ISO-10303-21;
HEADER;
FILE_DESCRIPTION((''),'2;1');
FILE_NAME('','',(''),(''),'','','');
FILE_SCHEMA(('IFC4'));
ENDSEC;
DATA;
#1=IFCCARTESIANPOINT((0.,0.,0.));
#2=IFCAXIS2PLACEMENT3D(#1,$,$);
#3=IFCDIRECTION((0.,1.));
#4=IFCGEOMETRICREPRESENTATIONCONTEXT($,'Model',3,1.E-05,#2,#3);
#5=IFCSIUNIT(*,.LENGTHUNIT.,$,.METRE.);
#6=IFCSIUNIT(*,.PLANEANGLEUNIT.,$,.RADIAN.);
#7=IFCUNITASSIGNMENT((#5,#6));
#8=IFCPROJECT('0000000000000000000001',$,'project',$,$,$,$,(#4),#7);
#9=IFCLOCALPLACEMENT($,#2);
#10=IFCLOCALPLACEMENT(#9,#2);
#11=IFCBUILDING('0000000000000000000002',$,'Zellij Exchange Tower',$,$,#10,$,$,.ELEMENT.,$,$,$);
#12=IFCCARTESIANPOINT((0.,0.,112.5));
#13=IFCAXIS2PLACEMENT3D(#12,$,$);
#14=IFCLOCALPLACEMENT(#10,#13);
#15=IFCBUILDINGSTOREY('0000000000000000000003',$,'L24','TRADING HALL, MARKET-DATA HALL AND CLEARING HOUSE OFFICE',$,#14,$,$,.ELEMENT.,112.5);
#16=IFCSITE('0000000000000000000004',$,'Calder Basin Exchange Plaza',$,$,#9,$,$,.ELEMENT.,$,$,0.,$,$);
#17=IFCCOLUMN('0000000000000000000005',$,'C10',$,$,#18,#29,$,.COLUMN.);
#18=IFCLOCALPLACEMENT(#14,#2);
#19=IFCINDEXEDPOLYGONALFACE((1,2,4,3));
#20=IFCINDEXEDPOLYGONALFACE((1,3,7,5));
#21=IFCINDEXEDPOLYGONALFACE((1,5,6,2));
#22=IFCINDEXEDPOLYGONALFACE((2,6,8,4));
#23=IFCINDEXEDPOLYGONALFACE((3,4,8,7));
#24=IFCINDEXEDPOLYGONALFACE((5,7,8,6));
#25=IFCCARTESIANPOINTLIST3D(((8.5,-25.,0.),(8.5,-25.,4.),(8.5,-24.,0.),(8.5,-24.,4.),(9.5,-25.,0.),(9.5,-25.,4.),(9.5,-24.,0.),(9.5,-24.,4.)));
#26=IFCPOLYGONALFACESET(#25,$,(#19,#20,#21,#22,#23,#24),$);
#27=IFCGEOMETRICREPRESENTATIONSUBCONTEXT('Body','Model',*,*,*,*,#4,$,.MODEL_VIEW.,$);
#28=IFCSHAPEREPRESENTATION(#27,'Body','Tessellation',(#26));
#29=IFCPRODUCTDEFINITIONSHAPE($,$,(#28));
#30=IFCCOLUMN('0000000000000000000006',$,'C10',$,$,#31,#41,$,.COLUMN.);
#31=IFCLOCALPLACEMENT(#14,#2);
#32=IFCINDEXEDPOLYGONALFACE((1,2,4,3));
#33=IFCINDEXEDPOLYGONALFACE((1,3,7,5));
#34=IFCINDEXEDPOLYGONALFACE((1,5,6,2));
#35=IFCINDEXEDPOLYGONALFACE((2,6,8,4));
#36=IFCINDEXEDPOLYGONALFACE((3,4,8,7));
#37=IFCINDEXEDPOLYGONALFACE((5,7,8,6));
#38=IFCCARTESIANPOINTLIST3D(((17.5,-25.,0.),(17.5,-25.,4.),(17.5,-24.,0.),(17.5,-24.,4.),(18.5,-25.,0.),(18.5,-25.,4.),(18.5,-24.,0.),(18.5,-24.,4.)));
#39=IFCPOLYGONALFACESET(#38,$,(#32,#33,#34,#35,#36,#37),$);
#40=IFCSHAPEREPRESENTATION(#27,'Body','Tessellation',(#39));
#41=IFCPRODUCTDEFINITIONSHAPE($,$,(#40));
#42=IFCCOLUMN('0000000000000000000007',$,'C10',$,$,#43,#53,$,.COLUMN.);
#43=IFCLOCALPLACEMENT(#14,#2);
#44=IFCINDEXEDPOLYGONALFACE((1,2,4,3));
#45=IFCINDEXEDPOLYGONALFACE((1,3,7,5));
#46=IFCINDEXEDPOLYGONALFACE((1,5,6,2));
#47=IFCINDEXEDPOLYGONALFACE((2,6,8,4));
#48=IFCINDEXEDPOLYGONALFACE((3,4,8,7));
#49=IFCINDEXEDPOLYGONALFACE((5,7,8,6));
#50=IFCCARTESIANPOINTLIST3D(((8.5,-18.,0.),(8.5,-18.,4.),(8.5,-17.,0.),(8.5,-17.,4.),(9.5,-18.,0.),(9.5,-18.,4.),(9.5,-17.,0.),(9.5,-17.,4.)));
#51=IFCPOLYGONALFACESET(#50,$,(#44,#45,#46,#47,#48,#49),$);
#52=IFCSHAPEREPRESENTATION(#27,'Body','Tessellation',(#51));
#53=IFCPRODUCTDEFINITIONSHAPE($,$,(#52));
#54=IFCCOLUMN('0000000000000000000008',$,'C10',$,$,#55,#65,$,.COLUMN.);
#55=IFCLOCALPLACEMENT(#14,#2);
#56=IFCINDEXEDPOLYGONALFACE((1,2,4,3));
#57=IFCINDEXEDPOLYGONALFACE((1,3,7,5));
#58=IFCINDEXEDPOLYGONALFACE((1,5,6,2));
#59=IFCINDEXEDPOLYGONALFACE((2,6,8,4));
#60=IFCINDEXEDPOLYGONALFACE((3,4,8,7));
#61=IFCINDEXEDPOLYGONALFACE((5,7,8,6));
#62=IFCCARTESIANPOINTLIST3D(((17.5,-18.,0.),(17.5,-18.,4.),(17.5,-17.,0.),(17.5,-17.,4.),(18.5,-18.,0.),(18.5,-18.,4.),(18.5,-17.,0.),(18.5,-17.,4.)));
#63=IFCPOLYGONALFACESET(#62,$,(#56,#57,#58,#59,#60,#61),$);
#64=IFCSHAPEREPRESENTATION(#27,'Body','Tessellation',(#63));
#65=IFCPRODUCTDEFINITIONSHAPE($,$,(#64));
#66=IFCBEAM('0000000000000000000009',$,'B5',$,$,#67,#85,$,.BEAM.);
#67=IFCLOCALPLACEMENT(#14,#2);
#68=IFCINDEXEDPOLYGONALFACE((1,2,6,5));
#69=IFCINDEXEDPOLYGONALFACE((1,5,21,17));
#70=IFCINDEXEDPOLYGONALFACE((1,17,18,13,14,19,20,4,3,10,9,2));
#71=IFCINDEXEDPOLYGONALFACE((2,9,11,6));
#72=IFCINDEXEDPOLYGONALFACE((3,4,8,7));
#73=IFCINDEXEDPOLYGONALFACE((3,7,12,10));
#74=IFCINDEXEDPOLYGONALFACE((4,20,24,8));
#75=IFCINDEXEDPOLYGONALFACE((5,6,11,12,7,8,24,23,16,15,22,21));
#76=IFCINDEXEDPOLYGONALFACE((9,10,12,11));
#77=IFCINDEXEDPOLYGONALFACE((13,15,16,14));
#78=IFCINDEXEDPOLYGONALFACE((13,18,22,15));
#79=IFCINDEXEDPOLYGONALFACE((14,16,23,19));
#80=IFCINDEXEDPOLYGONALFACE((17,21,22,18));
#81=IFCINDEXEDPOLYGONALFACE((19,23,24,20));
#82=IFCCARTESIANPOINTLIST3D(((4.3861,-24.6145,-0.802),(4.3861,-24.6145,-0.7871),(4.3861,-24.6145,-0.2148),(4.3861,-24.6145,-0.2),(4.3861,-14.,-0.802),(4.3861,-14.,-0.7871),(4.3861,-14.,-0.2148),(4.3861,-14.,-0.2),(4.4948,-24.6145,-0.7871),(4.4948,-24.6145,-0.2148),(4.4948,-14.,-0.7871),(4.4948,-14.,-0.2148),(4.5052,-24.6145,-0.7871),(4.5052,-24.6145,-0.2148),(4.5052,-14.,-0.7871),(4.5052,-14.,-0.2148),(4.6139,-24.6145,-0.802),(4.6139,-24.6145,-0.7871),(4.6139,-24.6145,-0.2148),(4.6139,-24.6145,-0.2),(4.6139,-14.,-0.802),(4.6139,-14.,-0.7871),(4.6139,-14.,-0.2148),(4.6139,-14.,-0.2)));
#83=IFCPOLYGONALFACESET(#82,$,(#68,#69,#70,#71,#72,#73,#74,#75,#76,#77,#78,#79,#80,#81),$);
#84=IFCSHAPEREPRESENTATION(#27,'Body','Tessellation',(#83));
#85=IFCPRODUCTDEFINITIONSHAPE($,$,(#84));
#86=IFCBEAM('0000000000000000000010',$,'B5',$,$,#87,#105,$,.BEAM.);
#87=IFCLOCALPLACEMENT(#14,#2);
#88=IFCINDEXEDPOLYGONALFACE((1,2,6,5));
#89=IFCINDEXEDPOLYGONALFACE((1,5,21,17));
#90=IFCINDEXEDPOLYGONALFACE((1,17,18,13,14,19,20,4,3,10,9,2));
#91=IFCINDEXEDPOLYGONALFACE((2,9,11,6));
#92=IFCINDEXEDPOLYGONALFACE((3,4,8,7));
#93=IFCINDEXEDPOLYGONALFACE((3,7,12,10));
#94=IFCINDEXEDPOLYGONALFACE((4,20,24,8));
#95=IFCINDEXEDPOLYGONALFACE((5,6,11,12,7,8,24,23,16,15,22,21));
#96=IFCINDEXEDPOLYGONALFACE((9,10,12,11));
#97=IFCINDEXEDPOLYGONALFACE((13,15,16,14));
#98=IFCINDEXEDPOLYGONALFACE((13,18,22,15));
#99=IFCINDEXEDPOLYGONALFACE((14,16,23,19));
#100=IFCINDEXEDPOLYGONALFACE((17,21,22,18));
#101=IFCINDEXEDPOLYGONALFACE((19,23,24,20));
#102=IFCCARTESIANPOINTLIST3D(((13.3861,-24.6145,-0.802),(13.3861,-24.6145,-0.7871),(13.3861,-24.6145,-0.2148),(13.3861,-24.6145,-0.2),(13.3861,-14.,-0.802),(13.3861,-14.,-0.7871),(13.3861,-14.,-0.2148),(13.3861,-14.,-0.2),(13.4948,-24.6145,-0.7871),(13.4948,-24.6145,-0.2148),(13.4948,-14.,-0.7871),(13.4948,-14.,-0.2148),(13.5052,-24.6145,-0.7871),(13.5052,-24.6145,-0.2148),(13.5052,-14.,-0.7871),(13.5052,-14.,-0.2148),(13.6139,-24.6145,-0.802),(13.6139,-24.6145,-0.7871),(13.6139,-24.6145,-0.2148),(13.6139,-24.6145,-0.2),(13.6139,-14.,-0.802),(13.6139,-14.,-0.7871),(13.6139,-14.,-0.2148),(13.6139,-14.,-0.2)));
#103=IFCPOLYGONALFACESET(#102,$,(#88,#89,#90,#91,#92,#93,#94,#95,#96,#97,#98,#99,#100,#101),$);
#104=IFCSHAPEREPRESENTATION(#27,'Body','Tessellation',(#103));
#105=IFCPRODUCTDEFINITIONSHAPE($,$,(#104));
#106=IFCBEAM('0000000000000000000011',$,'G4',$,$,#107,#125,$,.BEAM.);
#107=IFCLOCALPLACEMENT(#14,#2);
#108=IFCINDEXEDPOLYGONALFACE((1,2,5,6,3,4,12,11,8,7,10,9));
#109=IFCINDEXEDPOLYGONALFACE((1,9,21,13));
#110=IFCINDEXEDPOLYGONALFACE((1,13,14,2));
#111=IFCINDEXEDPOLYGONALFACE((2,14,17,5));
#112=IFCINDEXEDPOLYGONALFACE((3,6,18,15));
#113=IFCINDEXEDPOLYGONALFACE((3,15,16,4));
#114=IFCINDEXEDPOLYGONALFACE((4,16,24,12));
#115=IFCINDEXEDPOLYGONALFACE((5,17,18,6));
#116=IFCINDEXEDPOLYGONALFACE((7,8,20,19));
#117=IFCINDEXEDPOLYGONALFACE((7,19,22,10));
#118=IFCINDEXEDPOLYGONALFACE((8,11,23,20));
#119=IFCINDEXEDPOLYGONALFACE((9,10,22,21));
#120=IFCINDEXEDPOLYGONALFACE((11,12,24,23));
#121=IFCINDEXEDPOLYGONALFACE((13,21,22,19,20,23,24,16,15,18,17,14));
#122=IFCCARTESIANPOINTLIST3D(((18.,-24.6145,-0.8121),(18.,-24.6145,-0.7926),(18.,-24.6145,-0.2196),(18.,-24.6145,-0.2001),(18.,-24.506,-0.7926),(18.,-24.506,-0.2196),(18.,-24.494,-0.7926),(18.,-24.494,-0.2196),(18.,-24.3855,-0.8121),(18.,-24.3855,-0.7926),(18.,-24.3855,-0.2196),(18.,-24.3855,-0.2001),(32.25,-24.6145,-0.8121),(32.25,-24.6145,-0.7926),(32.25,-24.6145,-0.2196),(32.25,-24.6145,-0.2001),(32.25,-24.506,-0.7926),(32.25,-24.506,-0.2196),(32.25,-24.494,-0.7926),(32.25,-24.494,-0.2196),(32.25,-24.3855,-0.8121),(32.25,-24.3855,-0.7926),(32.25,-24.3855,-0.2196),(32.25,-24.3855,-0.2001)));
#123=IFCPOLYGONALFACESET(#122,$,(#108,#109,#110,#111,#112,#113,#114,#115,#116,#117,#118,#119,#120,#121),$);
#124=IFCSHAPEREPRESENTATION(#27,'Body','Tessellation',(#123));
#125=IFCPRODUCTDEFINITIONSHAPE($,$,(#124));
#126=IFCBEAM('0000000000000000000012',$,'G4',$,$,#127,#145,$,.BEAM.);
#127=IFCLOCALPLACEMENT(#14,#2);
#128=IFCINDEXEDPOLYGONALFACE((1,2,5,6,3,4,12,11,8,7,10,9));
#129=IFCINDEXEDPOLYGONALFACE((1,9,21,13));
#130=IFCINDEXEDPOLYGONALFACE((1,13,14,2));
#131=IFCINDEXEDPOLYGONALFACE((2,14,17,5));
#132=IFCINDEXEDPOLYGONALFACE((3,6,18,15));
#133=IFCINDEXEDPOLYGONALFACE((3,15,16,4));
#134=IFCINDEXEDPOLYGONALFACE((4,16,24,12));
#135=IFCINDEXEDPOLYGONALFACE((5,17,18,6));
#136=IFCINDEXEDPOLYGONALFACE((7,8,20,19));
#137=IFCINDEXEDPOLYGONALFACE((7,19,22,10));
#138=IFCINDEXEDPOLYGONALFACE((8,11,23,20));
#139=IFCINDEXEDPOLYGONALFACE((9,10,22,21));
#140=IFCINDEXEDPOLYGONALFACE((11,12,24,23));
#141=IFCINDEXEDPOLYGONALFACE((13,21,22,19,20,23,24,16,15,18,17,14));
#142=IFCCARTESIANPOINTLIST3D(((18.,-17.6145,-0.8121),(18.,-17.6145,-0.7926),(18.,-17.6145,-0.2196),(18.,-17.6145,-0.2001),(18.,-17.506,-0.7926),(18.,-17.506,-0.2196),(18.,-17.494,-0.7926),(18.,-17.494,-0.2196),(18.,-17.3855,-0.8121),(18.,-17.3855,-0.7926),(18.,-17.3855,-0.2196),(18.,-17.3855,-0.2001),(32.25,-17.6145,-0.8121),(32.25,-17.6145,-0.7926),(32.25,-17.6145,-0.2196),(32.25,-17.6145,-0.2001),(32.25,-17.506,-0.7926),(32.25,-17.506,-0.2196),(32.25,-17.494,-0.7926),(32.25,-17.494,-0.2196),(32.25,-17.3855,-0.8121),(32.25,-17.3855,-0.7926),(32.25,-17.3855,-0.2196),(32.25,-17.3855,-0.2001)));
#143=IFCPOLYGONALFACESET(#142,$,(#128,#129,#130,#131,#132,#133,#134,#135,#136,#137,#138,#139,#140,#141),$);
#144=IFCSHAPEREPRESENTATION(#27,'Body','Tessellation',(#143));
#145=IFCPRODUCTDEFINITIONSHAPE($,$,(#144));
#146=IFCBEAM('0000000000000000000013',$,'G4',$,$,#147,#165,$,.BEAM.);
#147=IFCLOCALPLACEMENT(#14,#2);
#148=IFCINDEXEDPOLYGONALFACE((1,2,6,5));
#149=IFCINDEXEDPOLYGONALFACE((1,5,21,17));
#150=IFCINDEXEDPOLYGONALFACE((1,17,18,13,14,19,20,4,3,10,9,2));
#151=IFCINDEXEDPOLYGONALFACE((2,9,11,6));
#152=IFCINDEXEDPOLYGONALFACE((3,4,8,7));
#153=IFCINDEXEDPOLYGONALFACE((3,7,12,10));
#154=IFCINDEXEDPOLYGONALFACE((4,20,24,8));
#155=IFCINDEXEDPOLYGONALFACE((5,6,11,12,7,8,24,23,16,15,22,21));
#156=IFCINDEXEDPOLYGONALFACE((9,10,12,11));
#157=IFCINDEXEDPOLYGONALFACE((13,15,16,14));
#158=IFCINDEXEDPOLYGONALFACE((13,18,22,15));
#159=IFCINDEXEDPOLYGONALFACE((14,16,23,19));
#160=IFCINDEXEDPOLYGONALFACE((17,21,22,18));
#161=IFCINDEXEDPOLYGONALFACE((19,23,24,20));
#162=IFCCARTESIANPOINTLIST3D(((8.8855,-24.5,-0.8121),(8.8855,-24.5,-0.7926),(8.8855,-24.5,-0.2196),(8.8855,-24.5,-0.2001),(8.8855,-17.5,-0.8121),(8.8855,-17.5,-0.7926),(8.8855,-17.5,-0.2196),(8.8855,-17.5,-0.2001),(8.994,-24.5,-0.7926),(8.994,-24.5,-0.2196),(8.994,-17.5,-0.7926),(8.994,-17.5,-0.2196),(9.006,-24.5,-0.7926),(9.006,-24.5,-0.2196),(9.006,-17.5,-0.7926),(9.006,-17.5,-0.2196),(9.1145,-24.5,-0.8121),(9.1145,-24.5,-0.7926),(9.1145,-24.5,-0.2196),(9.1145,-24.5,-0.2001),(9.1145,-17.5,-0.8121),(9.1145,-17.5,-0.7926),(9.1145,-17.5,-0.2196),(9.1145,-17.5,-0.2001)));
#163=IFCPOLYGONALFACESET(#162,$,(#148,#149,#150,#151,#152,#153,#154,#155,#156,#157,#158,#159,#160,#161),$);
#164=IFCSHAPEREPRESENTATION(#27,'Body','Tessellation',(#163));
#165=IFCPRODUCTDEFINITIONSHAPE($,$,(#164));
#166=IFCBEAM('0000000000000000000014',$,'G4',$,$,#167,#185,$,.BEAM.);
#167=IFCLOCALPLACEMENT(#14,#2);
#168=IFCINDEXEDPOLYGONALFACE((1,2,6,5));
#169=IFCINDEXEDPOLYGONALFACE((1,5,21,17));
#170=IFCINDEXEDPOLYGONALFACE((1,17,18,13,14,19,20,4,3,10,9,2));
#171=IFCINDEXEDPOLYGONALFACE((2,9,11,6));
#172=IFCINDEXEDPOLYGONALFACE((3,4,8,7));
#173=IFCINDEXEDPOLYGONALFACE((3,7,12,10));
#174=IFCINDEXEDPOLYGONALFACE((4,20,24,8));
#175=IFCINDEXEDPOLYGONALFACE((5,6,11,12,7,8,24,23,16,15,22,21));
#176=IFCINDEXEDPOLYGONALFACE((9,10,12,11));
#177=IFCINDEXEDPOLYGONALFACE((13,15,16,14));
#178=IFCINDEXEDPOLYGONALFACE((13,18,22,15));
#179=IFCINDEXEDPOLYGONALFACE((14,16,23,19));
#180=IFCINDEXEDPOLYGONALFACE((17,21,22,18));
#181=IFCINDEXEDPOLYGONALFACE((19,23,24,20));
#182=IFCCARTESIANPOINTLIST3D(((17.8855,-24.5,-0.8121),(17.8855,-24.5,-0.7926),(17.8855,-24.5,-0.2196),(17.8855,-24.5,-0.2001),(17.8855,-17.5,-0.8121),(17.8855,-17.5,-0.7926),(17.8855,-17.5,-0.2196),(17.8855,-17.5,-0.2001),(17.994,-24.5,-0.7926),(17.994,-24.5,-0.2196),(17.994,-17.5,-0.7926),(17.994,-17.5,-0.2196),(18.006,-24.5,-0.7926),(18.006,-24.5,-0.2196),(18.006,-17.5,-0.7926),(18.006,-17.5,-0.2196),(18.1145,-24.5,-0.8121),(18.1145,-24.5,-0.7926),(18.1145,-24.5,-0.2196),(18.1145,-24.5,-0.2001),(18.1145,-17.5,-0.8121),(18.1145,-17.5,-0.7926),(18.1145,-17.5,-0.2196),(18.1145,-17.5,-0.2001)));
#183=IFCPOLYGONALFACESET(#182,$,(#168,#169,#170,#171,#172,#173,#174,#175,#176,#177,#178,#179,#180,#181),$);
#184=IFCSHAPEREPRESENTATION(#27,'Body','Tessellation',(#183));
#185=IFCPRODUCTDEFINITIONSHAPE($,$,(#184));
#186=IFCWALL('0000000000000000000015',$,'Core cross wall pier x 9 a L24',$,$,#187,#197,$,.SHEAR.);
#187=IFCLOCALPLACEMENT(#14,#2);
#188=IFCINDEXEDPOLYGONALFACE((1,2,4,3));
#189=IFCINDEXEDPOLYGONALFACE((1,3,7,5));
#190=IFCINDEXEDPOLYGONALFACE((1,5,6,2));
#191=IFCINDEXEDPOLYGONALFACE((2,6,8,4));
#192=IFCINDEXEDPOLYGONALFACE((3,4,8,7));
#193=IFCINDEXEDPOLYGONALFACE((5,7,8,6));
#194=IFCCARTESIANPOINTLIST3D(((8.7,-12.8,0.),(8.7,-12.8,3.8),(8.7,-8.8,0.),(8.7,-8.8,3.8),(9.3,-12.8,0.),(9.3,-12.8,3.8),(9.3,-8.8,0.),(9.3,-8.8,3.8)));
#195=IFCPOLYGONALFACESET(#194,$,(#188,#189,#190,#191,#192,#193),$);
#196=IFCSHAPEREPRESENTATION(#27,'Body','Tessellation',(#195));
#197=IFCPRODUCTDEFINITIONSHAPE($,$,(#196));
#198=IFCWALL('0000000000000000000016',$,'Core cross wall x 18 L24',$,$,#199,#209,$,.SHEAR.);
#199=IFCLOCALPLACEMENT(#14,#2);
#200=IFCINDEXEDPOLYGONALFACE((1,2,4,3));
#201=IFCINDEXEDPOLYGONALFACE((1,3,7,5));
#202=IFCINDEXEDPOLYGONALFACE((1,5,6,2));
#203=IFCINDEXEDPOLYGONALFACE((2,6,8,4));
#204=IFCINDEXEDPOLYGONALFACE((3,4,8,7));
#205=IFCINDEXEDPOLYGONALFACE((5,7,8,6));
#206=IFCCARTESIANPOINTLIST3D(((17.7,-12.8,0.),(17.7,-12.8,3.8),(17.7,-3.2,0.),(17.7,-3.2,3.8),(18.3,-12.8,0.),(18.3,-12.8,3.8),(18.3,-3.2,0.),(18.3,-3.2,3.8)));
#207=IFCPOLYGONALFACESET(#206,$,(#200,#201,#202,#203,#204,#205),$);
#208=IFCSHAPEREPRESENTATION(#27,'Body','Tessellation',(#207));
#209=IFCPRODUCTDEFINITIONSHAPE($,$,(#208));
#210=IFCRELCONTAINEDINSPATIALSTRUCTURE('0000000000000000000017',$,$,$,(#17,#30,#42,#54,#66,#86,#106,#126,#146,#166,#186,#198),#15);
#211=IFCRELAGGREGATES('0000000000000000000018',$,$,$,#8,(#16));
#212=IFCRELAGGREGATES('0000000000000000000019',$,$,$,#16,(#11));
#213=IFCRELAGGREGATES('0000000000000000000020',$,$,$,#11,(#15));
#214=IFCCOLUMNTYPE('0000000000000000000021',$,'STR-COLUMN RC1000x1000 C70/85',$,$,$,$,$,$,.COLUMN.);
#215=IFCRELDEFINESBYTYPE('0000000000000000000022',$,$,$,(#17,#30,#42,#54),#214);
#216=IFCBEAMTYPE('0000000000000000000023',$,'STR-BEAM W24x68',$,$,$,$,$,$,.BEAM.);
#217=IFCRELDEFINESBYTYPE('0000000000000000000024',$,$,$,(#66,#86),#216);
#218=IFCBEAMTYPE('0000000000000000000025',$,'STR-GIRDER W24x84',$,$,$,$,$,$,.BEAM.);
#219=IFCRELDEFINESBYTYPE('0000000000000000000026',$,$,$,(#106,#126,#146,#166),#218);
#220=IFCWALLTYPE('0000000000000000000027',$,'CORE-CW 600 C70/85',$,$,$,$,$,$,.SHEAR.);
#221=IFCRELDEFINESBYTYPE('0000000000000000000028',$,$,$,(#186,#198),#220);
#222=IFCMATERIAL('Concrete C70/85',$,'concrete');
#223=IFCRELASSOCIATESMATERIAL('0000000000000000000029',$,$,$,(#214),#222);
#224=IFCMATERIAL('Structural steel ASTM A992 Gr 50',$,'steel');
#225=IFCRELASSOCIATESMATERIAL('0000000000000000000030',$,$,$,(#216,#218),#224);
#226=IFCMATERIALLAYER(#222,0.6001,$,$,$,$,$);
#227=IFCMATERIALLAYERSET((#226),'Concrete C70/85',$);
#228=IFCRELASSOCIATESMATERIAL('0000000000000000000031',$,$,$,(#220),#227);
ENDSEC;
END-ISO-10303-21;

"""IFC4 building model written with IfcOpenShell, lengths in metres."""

from ifc_helpers import new_model, si_unit, direction, frame, frame_2d, origin, origin_2d, place, context, subcontext, project, spatial, rectangle, i_section, extrude, material, layer, layer_set, material_profile, profile_set, type_object, element, save


model = new_model("IFC4")

# Units and contexts
model_context = context("Model", 3, precision=1e-05, world=origin(), true_north=direction((0.0, 1.0)))
body_context = subcontext(model_context, "Body", "Model", "MODEL_VIEW")
ifc_project = project(units=[si_unit("LENGTHUNIT", "METRE"), si_unit("PLANEANGLEUNIT", "RADIAN")], contexts=[model_context])

# Site, building, storey
site_placement = place(None, origin())
site = spatial("IfcSite", under=ifc_project, at=site_placement, Name="Calder Basin Exchange Plaza", CompositionType="ELEMENT", RefElevation=0.0)
building_placement = place(site_placement, origin())
building = spatial("IfcBuilding", under=site, at=building_placement, Name="Zellij Exchange Tower", CompositionType="ELEMENT")
storey_placement = place(building_placement, frame((0.0, 0.0, 112.5)))
storey = spatial("IfcBuildingStorey", under=building, at=storey_placement, Name="L24", Description="TRADING HALL, MARKET-DATA HALL AND CLEARING HOUSE OFFICE", CompositionType="ELEMENT", Elevation=112.5)

# Columns
ifc_material_1 = material(Name="Concrete C70/85", Category="concrete")
ifc_material_profile_1 = material_profile(ifc_material_1, rectangle(XDim=1.0, YDim=1.0, at=origin_2d()), Name="STR-COLUMN RC1000x1000 C70/85")
ifc_profile_set_1 = profile_set([ifc_material_profile_1], Name="Concrete C70/85")
column_type = type_object("IfcColumnType", Name="STR-COLUMN RC1000x1000 C70/85", PredefinedType="COLUMN", material=ifc_profile_set_1)
for number, where, z_axis, x_axis, name in (
    (1, (9.0, -24.5, 0.0), (0.0, 0.0, 1.0), (1.0, 0.0, 0.0), "C10"),
    (2, (18.0, -24.5, 0.0), (0.0, 0.0, 1.0), (1.0, 0.0, 0.0), "C10"),
    (3, (9.0, -17.5, 0.0), (0.0, 0.0, 1.0), (1.0, 0.0, 0.0), "C10"),
    (4, (18.0, -17.5, 0.0), (0.0, 0.0, 1.0), (1.0, 0.0, 0.0), "C10"),
):
    element("IfcColumn", number, at=place(storey_placement, frame(where, z_axis=z_axis, x_axis=x_axis)), inside=storey, type_object=column_type, Name=name, PredefinedType="COLUMN", context=body_context, shape_type="SweptSolid", body=[
        extrude(rectangle(XDim=1.0, YDim=1.0, at=origin_2d()), origin(), (0.0, 0.0, 1.0), 4.0),
    ])

# Beams
ifc_material_2 = material(Name="Structural steel ASTM A992 Gr 50", Category="steel")
ifc_material_profile_2 = material_profile(ifc_material_2, i_section(OverallWidth=0.2278, OverallDepth=0.6021, WebThickness=0.0105, FlangeThickness=0.0149, at=origin_2d()), Name="W24x68")
ifc_profile_set_2 = profile_set([ifc_material_profile_2], Name="Structural steel ASTM A992 Gr 50")
beam_type_1 = type_object("IfcBeamType", Name="STR-BEAM W24x68", PredefinedType="BEAM", material=ifc_profile_set_2)
for number, where, z_axis, x_axis, name in (
    (5, (4.5, -24.6145, -0.501), (0.0, 1.0, 0.0), (-1.0, 0.0, 0.0), "B5"),
    (6, (13.5, -24.6145, -0.501), (0.0, 1.0, 0.0), (-1.0, 0.0, 0.0), "B5"),
):
    element("IfcBeam", number, at=place(storey_placement, frame(where, z_axis=z_axis, x_axis=x_axis)), inside=storey, type_object=beam_type_1, Name=name, PredefinedType="BEAM", context=body_context, shape_type="SweptSolid", body=[
        extrude(i_section(OverallWidth=0.2278, OverallDepth=0.6021, WebThickness=0.0105, FlangeThickness=0.0149, at=origin_2d()), origin(), (0.0, 0.0, 1.0), 10.6145),
    ])
ifc_material_profile_3 = material_profile(ifc_material_2, i_section(OverallWidth=0.229, OverallDepth=0.6121, WebThickness=0.012, FlangeThickness=0.0195, at=origin_2d()), Name="W24x84")
ifc_profile_set_3 = profile_set([ifc_material_profile_3], Name="Structural steel ASTM A992 Gr 50")
beam_type_2 = type_object("IfcBeamType", Name="STR-GIRDER W24x84", PredefinedType="BEAM", material=ifc_profile_set_3)
for number, where, z_axis, x_axis, name in (
    (7, (18.0, -24.5, -0.5061), (1.0, 0.0, 0.0), (0.0, 1.0, 0.0), "G4"),
    (8, (18.0, -17.5, -0.5061), (1.0, 0.0, 0.0), (0.0, 1.0, 0.0), "G4"),
):
    element("IfcBeam", number, at=place(storey_placement, frame(where, z_axis=z_axis, x_axis=x_axis)), inside=storey, type_object=beam_type_2, Name=name, PredefinedType="BEAM", context=body_context, shape_type="SweptSolid", body=[
        extrude(i_section(OverallWidth=0.229, OverallDepth=0.6121, WebThickness=0.012, FlangeThickness=0.0195, at=origin_2d()), origin(), (0.0, 0.0, 1.0), 14.25),
    ])
for number, where, z_axis, x_axis, name in (
    (9, (9.0, -24.5, -0.5061), (0.0, 1.0, 0.0), (-1.0, 0.0, 0.0), "G4"),
    (10, (18.0, -24.5, -0.5061), (0.0, 1.0, 0.0), (-1.0, 0.0, 0.0), "G4"),
):
    element("IfcBeam", number, at=place(storey_placement, frame(where, z_axis=z_axis, x_axis=x_axis)), inside=storey, type_object=beam_type_2, Name=name, PredefinedType="BEAM", context=body_context, shape_type="SweptSolid", body=[
        extrude(i_section(OverallWidth=0.229, OverallDepth=0.6121, WebThickness=0.012, FlangeThickness=0.0195, at=origin_2d()), origin(), (0.0, 0.0, 1.0), 7.0),
    ])

# Walls
ifc_layer_1 = layer(ifc_material_1, 0.6001)
ifc_layer_set_1 = layer_set([ifc_layer_1], Name="Concrete C70/85")
wall_type_1 = type_object("IfcWallType", Name="CORE-CW 600 C70/85", PredefinedType="SHEAR", material=ifc_layer_set_1)
wall_1_placement = place(storey_placement, frame((9.0, -12.8, 0.0), z_axis=(0.0, 0.0, 1.0), x_axis=(0.0, 1.0, 0.0)))
element("IfcWall", 11, at=wall_1_placement, inside=storey, type_object=wall_type_1, Name="Core cross wall pier x 9 a L24", PredefinedType="SHEAR", context=body_context, shape_type="SweptSolid", body=[
    extrude(rectangle(XDim=4.0, YDim=0.6001, at=frame_2d((2.0, 0.0))), origin(), (0.0, 0.0, 1.0), 3.8),
])
wall_2_placement = place(storey_placement, frame((18.0, -12.8, 0.0), z_axis=(0.0, 0.0, 1.0), x_axis=(0.0, 1.0, 0.0)))
element("IfcWall", 12, at=wall_2_placement, inside=storey, type_object=wall_type_1, Name="Core cross wall x 18 L24", PredefinedType="SHEAR", context=body_context, shape_type="SweptSolid", body=[
    extrude(rectangle(XDim=9.6001, YDim=0.6001, at=frame_2d((4.8, 0.0))), origin(), (0.0, 0.0, 1.0), 3.8),
])

save(model, "model.ifc")
